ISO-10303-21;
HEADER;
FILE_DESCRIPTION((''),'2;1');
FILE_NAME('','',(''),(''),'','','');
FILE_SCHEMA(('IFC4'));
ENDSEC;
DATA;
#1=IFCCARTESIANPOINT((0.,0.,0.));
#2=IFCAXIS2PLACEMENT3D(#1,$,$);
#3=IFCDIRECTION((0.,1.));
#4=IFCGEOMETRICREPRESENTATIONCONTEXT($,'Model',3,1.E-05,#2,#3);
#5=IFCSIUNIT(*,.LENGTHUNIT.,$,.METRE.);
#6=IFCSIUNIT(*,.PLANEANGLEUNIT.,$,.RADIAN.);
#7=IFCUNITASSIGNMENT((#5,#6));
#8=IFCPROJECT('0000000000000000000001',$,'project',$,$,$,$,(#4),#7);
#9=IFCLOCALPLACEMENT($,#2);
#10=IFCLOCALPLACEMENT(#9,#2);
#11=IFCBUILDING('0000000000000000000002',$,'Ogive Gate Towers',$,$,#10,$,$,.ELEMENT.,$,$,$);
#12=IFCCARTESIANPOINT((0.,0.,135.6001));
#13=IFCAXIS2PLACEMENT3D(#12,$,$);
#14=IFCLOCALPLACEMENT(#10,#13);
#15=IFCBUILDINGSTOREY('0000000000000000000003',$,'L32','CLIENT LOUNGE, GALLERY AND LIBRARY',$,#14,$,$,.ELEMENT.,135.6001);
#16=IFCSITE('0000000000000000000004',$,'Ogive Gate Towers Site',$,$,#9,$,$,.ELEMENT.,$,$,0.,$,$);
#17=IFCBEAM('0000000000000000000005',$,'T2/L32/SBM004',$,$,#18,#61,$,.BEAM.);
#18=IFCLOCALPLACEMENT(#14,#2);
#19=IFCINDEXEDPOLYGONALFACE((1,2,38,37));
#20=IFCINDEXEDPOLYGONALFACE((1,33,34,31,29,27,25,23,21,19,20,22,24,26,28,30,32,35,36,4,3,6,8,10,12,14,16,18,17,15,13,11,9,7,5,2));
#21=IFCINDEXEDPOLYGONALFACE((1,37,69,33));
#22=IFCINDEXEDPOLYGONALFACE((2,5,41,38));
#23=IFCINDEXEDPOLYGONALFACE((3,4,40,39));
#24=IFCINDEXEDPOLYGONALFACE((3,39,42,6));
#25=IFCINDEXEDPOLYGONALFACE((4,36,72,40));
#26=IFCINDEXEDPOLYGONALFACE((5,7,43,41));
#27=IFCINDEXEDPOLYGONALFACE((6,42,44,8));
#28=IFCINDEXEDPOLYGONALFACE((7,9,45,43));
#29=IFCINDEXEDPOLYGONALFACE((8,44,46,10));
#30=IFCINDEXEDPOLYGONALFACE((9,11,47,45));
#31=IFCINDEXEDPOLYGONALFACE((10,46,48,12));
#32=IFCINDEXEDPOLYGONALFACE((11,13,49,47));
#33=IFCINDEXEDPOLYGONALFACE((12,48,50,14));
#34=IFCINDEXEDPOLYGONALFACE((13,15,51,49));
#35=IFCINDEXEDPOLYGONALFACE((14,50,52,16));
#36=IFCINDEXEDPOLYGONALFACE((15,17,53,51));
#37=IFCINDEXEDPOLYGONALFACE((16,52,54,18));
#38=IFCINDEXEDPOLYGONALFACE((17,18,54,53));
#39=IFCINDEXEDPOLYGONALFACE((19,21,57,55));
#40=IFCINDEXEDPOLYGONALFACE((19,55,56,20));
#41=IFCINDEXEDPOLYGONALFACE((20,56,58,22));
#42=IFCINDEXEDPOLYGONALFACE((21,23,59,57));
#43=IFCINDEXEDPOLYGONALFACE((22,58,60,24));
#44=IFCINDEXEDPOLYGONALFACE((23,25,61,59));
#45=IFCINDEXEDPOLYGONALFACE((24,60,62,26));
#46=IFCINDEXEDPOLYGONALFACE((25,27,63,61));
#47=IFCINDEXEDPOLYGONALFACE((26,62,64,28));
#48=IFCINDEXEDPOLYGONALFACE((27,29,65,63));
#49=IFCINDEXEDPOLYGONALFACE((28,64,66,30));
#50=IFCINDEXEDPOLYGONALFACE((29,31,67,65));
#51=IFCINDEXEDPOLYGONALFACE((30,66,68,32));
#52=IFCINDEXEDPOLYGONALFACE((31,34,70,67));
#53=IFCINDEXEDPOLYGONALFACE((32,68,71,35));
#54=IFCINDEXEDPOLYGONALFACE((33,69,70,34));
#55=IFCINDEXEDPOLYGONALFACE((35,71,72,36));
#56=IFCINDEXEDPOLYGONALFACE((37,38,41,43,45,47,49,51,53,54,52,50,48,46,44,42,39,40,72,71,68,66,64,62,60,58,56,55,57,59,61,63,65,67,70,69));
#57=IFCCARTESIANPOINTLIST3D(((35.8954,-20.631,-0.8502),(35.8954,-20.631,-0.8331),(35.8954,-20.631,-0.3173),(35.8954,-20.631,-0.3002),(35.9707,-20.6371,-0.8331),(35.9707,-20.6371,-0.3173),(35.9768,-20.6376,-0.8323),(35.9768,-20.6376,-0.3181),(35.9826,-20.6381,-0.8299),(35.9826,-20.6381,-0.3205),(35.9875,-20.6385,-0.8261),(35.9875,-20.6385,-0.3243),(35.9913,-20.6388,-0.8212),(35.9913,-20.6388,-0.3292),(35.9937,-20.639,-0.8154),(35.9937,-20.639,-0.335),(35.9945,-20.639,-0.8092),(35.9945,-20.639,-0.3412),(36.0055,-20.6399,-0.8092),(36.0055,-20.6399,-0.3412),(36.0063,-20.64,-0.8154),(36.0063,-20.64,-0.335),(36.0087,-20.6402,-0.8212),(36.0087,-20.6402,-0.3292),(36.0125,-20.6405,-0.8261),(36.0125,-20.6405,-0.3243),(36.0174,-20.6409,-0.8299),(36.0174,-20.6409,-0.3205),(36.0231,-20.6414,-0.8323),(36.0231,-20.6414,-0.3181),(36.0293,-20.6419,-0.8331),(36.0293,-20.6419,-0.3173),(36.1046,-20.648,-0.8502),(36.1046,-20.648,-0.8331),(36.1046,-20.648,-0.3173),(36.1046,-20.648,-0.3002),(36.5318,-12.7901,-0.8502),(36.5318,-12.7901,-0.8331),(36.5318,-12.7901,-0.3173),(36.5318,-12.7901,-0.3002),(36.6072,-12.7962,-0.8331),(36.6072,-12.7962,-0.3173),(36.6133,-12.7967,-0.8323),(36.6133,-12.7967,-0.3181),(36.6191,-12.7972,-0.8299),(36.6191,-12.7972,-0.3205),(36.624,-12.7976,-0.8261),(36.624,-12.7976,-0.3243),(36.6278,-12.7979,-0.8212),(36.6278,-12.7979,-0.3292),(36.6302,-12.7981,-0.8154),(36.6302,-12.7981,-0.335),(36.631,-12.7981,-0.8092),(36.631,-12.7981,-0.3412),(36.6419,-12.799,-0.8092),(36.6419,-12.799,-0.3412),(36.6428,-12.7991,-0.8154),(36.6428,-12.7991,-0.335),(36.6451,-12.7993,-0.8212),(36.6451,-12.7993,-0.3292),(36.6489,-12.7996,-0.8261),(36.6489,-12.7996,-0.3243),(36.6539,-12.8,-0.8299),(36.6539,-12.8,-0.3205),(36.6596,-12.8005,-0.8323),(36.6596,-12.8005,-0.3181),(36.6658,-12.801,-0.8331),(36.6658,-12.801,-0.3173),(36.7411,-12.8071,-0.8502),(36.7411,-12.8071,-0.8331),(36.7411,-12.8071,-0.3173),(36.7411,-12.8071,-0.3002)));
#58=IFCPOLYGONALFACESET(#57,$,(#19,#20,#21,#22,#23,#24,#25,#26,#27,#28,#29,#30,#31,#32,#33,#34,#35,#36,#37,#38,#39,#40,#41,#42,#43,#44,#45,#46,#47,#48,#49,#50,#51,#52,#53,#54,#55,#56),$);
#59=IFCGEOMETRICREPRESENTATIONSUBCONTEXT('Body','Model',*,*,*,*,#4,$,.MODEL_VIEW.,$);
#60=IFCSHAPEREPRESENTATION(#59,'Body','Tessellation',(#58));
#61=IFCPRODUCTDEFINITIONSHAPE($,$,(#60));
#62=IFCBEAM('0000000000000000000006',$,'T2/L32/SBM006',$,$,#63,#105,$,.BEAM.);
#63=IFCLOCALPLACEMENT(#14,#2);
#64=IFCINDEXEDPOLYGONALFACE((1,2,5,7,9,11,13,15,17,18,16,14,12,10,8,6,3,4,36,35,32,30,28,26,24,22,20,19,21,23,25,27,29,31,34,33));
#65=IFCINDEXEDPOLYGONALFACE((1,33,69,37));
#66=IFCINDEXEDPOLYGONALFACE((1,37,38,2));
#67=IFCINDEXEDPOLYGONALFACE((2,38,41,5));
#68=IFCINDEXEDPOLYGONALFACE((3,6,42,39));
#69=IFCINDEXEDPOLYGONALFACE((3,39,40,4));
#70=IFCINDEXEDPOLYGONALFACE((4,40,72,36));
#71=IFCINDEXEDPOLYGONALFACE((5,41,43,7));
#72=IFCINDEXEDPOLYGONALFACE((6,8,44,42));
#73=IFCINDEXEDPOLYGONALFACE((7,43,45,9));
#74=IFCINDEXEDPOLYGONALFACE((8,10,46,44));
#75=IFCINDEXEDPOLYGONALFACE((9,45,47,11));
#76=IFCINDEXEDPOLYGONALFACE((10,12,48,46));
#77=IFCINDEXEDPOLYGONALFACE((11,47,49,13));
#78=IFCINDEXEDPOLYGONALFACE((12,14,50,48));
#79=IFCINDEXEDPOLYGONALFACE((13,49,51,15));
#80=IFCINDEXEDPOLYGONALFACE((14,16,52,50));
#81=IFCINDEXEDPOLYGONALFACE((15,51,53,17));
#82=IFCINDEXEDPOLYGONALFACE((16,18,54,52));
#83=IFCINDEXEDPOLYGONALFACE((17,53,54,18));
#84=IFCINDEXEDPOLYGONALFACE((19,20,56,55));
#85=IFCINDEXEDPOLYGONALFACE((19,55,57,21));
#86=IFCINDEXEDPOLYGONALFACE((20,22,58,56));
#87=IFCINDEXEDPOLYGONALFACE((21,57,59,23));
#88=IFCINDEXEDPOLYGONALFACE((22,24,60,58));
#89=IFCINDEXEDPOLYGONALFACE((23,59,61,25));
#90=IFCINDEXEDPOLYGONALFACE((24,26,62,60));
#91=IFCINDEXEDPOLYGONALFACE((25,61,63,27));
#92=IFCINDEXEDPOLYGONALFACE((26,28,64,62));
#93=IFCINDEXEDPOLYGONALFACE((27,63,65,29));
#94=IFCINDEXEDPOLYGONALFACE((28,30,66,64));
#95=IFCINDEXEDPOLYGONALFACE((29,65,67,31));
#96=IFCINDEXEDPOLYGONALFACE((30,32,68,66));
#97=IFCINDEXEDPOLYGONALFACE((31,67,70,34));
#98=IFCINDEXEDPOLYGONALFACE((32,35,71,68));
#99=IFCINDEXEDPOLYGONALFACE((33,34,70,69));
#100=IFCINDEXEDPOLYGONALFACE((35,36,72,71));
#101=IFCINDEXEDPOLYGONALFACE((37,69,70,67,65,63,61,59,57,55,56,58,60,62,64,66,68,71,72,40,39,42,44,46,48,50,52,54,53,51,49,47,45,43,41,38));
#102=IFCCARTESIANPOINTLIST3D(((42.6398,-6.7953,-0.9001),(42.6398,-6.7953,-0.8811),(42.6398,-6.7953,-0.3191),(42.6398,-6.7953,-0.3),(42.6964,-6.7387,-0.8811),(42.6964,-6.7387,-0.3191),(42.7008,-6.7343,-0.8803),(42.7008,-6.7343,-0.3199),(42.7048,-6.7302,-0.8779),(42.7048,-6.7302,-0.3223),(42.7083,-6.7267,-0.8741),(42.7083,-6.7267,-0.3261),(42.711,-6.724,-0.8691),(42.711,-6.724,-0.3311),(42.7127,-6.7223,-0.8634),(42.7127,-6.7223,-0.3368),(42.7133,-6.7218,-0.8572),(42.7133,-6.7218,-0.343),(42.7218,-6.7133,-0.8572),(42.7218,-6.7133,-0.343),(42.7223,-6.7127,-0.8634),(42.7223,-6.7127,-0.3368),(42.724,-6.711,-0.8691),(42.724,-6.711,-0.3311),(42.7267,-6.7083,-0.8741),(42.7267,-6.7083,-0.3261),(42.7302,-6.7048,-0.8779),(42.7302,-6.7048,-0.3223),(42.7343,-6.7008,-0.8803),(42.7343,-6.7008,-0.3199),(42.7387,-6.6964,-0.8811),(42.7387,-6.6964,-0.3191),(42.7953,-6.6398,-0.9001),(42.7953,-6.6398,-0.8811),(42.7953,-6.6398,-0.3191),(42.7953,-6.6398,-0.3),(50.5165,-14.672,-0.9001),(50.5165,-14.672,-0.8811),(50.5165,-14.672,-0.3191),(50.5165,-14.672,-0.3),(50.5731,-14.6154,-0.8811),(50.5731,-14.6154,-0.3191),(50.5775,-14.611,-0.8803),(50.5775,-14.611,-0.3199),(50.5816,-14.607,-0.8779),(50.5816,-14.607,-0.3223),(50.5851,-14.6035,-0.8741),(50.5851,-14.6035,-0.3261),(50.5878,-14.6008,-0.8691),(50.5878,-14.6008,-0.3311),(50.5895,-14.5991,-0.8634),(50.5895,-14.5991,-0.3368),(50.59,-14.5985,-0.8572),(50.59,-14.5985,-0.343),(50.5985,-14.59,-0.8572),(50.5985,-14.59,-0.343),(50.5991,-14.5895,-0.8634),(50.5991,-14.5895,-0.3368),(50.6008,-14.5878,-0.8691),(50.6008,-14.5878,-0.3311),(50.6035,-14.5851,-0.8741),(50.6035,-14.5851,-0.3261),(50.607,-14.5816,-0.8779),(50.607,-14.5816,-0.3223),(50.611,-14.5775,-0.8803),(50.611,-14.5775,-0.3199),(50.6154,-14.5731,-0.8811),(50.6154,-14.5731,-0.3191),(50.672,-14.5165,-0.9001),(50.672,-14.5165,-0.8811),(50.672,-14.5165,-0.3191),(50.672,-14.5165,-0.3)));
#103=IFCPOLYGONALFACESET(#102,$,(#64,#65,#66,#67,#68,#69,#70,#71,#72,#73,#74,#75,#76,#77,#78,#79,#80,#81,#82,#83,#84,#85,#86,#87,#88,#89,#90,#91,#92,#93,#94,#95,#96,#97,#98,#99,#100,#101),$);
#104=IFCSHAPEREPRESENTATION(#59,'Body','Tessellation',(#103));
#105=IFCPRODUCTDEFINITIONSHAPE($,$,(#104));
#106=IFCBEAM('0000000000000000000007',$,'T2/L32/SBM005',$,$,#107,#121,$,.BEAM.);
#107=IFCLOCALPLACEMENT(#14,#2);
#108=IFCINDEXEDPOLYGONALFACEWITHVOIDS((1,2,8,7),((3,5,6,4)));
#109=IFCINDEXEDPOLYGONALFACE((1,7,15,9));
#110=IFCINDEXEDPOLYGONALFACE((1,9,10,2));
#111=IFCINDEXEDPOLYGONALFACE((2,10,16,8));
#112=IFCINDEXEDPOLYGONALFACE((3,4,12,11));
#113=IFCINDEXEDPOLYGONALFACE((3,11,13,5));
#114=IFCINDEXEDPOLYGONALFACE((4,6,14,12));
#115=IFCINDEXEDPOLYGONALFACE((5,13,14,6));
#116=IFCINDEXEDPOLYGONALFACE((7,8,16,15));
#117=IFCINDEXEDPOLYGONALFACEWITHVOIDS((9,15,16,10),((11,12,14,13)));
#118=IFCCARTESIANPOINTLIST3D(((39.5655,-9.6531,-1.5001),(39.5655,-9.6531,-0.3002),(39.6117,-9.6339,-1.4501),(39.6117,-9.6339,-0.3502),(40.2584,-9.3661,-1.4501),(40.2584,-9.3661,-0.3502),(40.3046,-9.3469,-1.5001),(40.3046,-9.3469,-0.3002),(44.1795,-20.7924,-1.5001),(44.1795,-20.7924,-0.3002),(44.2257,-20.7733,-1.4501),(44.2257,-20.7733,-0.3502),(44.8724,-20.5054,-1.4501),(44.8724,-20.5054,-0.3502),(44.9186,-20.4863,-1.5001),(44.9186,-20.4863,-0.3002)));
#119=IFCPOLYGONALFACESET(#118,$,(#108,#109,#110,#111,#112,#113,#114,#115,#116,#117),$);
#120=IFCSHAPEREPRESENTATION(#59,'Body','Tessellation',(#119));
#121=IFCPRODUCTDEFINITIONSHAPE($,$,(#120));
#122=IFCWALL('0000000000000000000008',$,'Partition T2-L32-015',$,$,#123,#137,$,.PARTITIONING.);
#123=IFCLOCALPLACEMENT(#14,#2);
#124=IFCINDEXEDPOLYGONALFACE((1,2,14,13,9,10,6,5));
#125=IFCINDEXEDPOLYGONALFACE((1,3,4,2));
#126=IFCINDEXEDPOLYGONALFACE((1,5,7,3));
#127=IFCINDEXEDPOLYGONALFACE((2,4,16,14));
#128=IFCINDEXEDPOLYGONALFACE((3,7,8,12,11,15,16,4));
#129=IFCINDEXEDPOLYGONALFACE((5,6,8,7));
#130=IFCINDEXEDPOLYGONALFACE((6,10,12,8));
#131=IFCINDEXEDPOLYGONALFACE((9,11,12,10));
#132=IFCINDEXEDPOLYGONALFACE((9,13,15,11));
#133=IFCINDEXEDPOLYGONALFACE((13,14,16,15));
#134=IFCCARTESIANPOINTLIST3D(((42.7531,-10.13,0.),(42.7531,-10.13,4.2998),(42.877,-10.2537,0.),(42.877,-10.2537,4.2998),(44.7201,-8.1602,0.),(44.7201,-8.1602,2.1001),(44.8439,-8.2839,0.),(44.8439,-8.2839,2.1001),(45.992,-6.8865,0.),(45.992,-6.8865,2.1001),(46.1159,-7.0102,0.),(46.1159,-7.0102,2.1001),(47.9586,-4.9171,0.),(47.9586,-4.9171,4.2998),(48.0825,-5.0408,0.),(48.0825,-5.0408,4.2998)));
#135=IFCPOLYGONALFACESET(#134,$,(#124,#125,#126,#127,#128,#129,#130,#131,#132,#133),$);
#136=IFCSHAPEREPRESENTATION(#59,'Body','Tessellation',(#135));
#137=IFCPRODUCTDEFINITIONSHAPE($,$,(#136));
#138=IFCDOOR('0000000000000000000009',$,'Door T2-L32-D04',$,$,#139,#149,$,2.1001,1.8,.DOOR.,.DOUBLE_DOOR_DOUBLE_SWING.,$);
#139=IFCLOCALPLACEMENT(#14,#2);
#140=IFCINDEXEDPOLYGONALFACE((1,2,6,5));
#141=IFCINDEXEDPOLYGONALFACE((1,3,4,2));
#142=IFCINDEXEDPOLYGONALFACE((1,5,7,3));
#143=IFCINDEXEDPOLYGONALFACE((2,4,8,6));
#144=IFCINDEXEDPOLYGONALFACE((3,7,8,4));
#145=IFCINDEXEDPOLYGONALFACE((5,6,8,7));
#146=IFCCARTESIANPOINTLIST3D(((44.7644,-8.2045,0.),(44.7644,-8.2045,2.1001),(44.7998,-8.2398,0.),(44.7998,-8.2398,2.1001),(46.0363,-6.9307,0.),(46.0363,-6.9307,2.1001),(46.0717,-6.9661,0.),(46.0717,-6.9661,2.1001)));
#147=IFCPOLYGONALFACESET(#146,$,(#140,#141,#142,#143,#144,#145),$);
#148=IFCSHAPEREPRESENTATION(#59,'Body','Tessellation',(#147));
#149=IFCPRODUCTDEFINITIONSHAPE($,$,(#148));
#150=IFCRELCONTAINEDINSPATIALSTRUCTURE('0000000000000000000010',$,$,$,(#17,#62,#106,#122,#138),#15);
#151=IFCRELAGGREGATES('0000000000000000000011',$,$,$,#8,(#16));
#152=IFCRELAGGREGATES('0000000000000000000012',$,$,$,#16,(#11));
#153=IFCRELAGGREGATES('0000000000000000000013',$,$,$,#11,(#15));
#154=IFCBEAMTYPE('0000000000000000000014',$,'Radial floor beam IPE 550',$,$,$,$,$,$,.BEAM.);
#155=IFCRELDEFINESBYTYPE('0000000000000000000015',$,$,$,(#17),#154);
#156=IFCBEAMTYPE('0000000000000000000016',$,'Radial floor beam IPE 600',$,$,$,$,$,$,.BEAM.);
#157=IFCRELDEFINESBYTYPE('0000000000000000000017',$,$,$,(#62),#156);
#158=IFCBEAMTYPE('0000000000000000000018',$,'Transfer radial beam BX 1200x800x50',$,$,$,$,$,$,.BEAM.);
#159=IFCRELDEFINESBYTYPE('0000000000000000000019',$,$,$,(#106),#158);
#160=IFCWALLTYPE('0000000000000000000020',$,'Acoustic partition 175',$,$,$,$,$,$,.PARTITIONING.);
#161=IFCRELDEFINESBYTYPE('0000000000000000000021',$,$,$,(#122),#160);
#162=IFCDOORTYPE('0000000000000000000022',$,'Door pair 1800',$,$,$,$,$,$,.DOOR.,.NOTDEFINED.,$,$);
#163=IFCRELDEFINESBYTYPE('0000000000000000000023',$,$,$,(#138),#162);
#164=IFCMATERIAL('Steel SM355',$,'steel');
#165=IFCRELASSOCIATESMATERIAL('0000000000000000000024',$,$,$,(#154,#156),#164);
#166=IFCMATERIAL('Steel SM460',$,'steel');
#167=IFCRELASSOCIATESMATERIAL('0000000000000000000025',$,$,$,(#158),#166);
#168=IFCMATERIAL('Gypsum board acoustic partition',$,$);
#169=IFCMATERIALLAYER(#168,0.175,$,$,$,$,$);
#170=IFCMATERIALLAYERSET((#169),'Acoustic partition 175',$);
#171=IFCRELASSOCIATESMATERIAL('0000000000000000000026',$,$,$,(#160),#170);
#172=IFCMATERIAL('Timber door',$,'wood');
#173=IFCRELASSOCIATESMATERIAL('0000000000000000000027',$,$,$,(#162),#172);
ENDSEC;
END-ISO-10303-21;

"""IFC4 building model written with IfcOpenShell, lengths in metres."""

from ifc_helpers import new_model, si_unit, direction, frame, frame_2d, origin, origin_2d, place, context, subcontext, project, spatial, rectangle, hollow_rectangle, i_section, extrude, material, layer, layer_set, material_profile, profile_set, type_object, element, fill, save


model = new_model("IFC4")

# Units and contexts
model_context = context("Model", 3, precision=1e-05, world=origin(), true_north=direction((0.0, 1.0)))
body_context = subcontext(model_context, "Body", "Model", "MODEL_VIEW")
ifc_project = project(units=[si_unit("LENGTHUNIT", "METRE"), si_unit("PLANEANGLEUNIT", "RADIAN")], contexts=[model_context])

# Site, building, storey
site_placement = place(None, origin())
site = spatial("IfcSite", under=ifc_project, at=site_placement, Name="Ogive Gate Towers Site", CompositionType="ELEMENT", RefElevation=0.0)
building_placement = place(site_placement, origin())
building = spatial("IfcBuilding", under=site, at=building_placement, Name="Ogive Gate Towers", CompositionType="ELEMENT")
storey_placement = place(building_placement, frame((0.0, 0.0, 135.6001)))
storey = spatial("IfcBuildingStorey", under=building, at=storey_placement, Name="L32", Description="CLIENT LOUNGE, GALLERY AND LIBRARY", CompositionType="ELEMENT", Elevation=135.6001)

# Beams
ifc_material_1 = material(Name="Steel SM355", Category="steel")
ifc_material_profile_1 = material_profile(ifc_material_1, i_section(OverallWidth=0.21, OverallDepth=0.55, WebThickness=0.011, FlangeThickness=0.0171, FilletRadius=0.0239, at=origin_2d()), Name="IPE 550")
ifc_profile_set_1 = profile_set([ifc_material_profile_1], Name="Steel SM355")
beam_type_1 = type_object("IfcBeamType", Name="Radial floor beam IPE 550", PredefinedType="BEAM", material=ifc_profile_set_1)
beam_1_placement = place(storey_placement, frame((36.6365, -12.7986, -0.5752), z_axis=(-0.080908, -0.996722, 0.0), x_axis=(0.996722, -0.080908, 0.0)))
element("IfcBeam", 1, at=beam_1_placement, inside=storey, type_object=beam_type_1, Name="T2/L32/SBM004", PredefinedType="BEAM", context=body_context, shape_type="SweptSolid", body=[
    extrude(i_section(OverallWidth=0.21, OverallDepth=0.55, WebThickness=0.011, FlangeThickness=0.0171, FilletRadius=0.0239, at=origin_2d()), origin(), (0.0, 0.0, 1.0), 7.8667),
])
ifc_material_profile_2 = material_profile(ifc_material_1, i_section(OverallWidth=0.22, OverallDepth=0.6001, WebThickness=0.012, FlangeThickness=0.019, FilletRadius=0.0239, at=origin_2d()), Name="IPE 600")
ifc_profile_set_2 = profile_set([ifc_material_profile_2], Name="Steel SM355")
beam_type_2 = type_object("IfcBeamType", Name="Radial floor beam IPE 600", PredefinedType="BEAM", material=ifc_profile_set_2)
beam_2_placement = place(storey_placement, frame((42.7175, -6.7175, -0.6001), z_axis=(0.707107, -0.707107, 0.0), x_axis=(0.707107, 0.707107, 0.0)))
element("IfcBeam", 2, at=beam_2_placement, inside=storey, type_object=beam_type_2, Name="T2/L32/SBM006", PredefinedType="BEAM", context=body_context, shape_type="SweptSolid", body=[
    extrude(i_section(OverallWidth=0.22, OverallDepth=0.6001, WebThickness=0.012, FlangeThickness=0.019, FilletRadius=0.0239, at=origin_2d()), origin(), (0.0, 0.0, 1.0), 11.1394),
])
ifc_material_2 = material(Name="Steel SM460", Category="steel")
ifc_material_profile_3 = material_profile(ifc_material_2, hollow_rectangle(XDim=0.8, YDim=1.2, WallThickness=0.05, at=origin_2d()), Name="BX 1200x800x50")
ifc_profile_set_3 = profile_set([ifc_material_profile_3], Name="Steel SM460")
beam_type_3 = type_object("IfcBeamType", Name="Transfer radial beam BX 1200x800x50", PredefinedType="BEAM", material=ifc_profile_set_3)
beam_3_placement = place(storey_placement, frame((39.9351, -9.5, -0.9001), z_axis=(0.382678, -0.923882, 0.0), x_axis=(0.923882, 0.382678, 0.0)))
element("IfcBeam", 3, at=beam_3_placement, inside=storey, type_object=beam_type_3, Name="T2/L32/SBM005", PredefinedType="BEAM", context=body_context, shape_type="SweptSolid", body=[
    extrude(hollow_rectangle(XDim=0.8, YDim=1.2, WallThickness=0.05, at=origin_2d()), origin(), (0.0, 0.0, 1.0), 12.0571),
])

# Wall, opening, door
ifc_material_3 = material(Name="Gypsum board acoustic partition")
ifc_layer_1 = layer(ifc_material_3, 0.175)
ifc_layer_set_1 = layer_set([ifc_layer_1], Name="Acoustic partition 175")
wall_type_1 = type_object("IfcWallType", Name="Acoustic partition 175", PredefinedType="PARTITIONING", material=ifc_layer_set_1)
wall_1_placement = place(storey_placement, frame((42.8149, -10.1919, 0.0), z_axis=(0.0, 0.0, 1.0), x_axis=(0.70661, 0.707604, 0.0)))
wall_1 = element("IfcWall", 4, at=wall_1_placement, inside=storey, type_object=wall_type_1, Name="Partition T2-L32-015", PredefinedType="PARTITIONING", context=body_context, shape_type="SweptSolid", body=[
    extrude(rectangle(XDim=7.3669, YDim=0.175, at=frame_2d((3.6836, 0.0))), origin(), (0.0, 0.0, 1.0), 4.2998),
])
opening_1_placement = place(wall_1_placement, frame((2.7839, 0.0, 0.0)))
opening_1 = element("IfcOpeningElement", 5, at=opening_1_placement, cuts=wall_1, PredefinedType="OPENING", context=body_context, shape_type="SweptSolid", body=[
    extrude(rectangle(XDim=1.8, YDim=2.1001, at=frame_2d((0.8999, 1.05))), frame((0.0, 0.0977, 0.0), z_axis=(0.0, -1.0, 0.0), x_axis=(1.0, 0.0, 0.0)), (0.0, 0.0, 1.0), 0.1951),
])
ifc_material_4 = material(Name="Timber door", Category="wood")
door_type_1 = type_object("IfcDoorType", Name="Door pair 1800", OperationType="NOTDEFINED", PredefinedType="DOOR", material=ifc_material_4)
door_1_placement = place(opening_1_placement, origin())
door_1 = element("IfcDoor", 6, at=door_1_placement, inside=storey, type_object=door_type_1, Name="Door T2-L32-D04", OperationType="DOUBLE_DOOR_DOUBLE_SWING", OverallHeight=2.1001, OverallWidth=1.8, PredefinedType="DOOR", context=body_context, shape_type="SweptSolid", body=[
    extrude(rectangle(XDim=1.8, YDim=2.1001, at=frame_2d((0.8999, 1.05))), frame((0.0, 0.0249, 0.0), z_axis=(0.0, -1.0, 0.0), x_axis=(1.0, 0.0, 0.0)), (0.0, 0.0, 1.0), 0.05),
])
fill(opening_1, door_1)

save(model, "model.ifc")
